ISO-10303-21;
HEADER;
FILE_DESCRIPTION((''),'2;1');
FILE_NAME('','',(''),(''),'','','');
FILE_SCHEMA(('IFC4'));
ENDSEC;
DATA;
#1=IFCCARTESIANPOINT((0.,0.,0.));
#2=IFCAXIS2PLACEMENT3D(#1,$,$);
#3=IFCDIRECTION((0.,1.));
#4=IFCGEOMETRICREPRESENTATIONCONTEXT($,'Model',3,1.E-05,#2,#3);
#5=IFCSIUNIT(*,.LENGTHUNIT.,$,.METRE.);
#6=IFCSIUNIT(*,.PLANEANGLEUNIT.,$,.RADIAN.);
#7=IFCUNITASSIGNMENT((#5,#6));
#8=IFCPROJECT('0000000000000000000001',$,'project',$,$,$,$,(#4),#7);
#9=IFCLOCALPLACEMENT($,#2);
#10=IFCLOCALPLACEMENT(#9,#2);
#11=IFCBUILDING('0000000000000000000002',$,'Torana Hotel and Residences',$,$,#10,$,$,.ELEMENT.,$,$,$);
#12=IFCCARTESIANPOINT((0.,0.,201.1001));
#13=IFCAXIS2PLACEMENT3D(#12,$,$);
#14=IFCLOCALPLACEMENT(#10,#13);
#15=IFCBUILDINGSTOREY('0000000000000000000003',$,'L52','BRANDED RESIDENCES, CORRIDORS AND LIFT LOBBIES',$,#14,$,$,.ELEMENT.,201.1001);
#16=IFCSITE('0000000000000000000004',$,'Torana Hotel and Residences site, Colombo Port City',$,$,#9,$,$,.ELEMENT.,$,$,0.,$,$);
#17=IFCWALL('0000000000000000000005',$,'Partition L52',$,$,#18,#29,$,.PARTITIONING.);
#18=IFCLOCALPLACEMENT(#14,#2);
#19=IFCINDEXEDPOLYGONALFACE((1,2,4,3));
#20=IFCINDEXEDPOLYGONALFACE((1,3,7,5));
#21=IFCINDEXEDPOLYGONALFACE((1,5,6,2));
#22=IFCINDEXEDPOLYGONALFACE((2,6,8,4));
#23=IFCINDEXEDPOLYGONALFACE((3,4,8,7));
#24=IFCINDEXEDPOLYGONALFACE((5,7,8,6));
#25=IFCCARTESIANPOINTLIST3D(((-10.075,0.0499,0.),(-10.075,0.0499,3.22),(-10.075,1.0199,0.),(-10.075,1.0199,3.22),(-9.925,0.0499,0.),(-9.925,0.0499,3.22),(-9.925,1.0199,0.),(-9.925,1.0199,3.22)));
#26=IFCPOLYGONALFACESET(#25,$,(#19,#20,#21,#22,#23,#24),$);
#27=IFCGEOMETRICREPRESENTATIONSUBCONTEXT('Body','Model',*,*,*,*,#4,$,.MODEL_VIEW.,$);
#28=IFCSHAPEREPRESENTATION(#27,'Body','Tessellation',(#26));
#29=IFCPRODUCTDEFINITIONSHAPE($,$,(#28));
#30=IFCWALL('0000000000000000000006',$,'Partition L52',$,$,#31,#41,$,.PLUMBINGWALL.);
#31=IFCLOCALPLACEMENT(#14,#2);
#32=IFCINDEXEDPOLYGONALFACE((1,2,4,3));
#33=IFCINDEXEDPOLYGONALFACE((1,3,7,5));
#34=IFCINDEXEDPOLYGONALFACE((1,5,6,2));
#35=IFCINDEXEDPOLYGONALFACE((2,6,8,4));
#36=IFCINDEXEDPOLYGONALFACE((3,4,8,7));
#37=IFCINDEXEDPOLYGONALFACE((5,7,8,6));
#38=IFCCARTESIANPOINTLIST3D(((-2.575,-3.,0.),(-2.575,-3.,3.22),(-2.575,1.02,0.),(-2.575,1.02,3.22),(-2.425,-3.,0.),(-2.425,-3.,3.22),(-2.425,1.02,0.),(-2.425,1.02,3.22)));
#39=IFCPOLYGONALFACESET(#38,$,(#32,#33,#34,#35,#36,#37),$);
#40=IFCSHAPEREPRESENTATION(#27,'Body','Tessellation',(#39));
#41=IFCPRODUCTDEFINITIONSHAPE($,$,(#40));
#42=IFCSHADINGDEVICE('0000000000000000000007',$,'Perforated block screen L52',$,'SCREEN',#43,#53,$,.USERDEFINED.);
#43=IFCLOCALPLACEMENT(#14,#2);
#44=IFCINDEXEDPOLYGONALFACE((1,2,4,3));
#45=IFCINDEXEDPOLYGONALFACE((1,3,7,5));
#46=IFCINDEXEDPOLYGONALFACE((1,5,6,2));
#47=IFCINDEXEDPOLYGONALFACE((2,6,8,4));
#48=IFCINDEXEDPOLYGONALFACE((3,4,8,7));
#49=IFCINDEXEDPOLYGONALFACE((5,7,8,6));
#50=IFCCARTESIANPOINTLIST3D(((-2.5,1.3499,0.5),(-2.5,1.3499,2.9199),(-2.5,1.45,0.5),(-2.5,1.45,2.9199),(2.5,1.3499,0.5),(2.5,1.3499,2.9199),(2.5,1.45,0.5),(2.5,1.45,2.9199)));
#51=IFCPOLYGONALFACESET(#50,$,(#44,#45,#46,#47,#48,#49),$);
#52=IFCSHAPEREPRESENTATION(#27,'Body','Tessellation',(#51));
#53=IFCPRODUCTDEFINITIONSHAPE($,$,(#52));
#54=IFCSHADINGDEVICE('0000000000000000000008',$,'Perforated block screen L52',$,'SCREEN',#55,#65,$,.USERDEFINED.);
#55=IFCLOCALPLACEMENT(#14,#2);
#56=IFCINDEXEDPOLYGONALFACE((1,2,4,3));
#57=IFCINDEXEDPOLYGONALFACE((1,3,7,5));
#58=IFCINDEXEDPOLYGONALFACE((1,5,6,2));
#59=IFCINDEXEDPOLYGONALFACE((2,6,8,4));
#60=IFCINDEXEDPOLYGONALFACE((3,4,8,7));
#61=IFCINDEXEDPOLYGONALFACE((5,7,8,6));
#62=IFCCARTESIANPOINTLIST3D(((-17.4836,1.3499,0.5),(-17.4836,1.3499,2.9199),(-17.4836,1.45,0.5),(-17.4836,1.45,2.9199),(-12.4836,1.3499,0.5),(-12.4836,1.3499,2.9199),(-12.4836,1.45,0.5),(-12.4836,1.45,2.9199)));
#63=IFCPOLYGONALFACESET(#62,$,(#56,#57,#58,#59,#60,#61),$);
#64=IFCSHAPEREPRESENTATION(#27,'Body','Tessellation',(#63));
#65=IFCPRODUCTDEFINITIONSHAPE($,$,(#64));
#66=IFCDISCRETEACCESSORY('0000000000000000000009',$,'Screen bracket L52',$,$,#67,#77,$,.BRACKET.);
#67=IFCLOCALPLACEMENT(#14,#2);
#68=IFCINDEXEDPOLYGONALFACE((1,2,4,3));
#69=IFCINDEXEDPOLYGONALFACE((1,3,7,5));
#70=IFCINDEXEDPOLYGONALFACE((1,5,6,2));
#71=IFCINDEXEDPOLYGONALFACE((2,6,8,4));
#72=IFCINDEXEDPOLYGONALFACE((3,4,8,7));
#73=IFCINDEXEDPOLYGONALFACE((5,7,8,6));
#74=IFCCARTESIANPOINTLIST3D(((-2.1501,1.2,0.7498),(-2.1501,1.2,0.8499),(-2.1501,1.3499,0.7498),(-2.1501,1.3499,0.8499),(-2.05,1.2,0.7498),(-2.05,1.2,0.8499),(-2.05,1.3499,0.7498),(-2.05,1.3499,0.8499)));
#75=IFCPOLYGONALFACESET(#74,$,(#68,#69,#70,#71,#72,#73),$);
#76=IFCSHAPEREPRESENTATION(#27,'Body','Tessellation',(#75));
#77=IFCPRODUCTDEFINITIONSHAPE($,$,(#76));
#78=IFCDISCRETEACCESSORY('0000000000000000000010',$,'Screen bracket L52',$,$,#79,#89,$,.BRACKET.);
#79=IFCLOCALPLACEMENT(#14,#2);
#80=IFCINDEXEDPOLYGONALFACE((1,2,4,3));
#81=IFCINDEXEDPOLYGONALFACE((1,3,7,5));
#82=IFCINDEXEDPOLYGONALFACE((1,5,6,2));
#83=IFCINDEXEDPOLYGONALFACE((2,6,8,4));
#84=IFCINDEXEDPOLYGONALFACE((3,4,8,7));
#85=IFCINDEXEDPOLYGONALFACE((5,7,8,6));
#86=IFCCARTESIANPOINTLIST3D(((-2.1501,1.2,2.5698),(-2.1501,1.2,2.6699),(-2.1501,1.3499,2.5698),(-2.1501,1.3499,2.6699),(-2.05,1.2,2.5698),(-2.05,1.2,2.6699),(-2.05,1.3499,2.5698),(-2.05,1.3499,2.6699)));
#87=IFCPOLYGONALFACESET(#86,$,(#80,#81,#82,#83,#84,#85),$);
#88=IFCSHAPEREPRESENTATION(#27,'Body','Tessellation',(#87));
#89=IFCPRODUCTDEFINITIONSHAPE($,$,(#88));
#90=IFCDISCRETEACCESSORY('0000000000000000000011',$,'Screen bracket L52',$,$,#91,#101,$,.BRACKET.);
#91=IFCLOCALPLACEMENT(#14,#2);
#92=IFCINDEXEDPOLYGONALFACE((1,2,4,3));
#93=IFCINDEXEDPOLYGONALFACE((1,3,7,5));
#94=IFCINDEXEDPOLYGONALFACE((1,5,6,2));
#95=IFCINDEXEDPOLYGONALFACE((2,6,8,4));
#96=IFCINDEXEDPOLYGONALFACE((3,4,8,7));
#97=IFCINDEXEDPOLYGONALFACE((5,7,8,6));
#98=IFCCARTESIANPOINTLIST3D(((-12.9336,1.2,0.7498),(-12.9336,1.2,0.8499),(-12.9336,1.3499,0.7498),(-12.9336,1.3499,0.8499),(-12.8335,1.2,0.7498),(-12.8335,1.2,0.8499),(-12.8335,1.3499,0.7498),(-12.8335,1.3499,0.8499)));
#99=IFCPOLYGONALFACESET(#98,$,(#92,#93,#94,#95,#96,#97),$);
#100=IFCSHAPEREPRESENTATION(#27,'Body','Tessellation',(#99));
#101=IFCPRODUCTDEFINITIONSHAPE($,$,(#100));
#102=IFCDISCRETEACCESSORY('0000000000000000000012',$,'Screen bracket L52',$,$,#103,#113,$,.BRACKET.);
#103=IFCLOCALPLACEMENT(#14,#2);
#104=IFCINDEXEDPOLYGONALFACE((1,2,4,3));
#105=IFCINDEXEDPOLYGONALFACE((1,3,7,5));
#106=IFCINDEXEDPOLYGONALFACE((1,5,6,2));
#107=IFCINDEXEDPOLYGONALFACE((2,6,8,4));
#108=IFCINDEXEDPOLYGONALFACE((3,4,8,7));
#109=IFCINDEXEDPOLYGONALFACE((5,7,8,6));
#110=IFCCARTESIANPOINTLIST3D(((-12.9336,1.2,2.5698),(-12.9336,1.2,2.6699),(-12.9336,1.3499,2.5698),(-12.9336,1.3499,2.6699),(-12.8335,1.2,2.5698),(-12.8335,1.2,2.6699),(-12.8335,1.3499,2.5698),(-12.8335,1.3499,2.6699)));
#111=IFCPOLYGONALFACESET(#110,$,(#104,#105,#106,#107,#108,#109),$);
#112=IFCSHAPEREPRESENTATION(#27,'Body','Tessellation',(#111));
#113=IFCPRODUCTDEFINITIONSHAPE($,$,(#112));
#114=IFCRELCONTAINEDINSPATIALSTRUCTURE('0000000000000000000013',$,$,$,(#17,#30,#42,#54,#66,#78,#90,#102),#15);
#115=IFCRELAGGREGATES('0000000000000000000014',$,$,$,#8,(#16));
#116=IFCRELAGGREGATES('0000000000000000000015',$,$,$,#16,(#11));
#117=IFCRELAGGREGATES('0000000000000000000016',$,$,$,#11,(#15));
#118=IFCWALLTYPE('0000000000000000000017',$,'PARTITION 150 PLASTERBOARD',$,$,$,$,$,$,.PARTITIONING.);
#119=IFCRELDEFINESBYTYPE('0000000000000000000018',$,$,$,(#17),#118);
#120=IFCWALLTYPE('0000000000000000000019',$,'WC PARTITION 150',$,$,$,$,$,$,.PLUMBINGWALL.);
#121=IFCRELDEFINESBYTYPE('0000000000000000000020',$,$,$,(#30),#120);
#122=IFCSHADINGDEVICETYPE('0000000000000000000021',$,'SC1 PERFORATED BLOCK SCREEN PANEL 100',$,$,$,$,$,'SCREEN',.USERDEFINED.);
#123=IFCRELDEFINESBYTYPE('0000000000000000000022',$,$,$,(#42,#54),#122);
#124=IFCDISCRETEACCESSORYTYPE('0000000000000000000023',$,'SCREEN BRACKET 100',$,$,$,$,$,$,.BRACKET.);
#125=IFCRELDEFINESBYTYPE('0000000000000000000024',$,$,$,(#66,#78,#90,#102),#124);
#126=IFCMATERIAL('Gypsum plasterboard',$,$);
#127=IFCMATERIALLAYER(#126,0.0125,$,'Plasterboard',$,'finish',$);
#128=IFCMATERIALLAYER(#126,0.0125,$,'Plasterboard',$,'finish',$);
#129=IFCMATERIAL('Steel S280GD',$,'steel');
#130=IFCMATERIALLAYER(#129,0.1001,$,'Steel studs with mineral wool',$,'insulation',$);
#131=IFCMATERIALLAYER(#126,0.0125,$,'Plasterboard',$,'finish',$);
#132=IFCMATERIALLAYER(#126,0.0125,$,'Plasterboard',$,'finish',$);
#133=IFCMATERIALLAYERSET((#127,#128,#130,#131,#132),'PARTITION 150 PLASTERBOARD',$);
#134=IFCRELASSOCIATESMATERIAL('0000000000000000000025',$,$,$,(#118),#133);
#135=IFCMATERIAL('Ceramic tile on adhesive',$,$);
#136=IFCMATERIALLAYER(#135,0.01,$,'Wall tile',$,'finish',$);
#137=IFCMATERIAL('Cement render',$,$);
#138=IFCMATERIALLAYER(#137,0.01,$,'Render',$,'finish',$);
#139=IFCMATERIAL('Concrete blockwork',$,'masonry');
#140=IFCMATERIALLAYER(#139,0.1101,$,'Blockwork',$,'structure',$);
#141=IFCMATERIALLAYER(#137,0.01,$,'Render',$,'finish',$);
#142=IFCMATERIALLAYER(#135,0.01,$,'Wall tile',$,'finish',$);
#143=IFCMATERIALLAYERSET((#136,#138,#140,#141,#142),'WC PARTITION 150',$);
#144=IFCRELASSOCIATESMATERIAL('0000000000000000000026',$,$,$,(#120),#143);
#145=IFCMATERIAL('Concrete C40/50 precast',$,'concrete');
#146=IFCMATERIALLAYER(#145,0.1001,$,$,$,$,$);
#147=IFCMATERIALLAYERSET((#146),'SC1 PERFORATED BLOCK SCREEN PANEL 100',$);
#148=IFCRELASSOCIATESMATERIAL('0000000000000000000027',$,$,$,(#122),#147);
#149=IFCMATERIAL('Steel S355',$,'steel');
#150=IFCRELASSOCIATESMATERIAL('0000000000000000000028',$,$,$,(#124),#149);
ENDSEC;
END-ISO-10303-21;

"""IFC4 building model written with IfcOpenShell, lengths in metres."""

from ifc_helpers import new_model, si_unit, direction, frame, frame_2d, origin, origin_2d, place, context, subcontext, project, spatial, rectangle, extrude, material, layer, layer_set, type_object, element, save


model = new_model("IFC4")

# Units and contexts
model_context = context("Model", 3, precision=1e-05, world=origin(), true_north=direction((0.0, 1.0)))
body_context = subcontext(model_context, "Body", "Model", "MODEL_VIEW")
ifc_project = project(units=[si_unit("LENGTHUNIT", "METRE"), si_unit("PLANEANGLEUNIT", "RADIAN")], contexts=[model_context])

# Site, building, storey
site_placement = place(None, origin())
site = spatial("IfcSite", under=ifc_project, at=site_placement, Name="Torana Hotel and Residences site, Colombo Port City", CompositionType="ELEMENT", RefElevation=0.0)
building_placement = place(site_placement, origin())
building = spatial("IfcBuilding", under=site, at=building_placement, Name="Torana Hotel and Residences", CompositionType="ELEMENT")
storey_placement = place(building_placement, frame((0.0, 0.0, 201.1001)))
storey = spatial("IfcBuildingStorey", under=building, at=storey_placement, Name="L52", Description="BRANDED RESIDENCES, CORRIDORS AND LIFT LOBBIES", CompositionType="ELEMENT", Elevation=201.1001)

# Walls
ifc_material_1 = material(Name="Concrete blockwork", Category="masonry")
ifc_material_2 = material(Name="Gypsum plasterboard")
ifc_layer_1 = layer(ifc_material_2, 0.0125, Name="Plasterboard", Category="finish")
ifc_layer_2 = layer(ifc_material_2, 0.0125, Name="Plasterboard", Category="finish")
ifc_material_3 = material(Name="Steel S280GD", Category="steel")
ifc_layer_3 = layer(ifc_material_3, 0.1001, Name="Steel studs with mineral wool", Category="insulation")
ifc_layer_4 = layer(ifc_material_2, 0.0125, Name="Plasterboard", Category="finish")
ifc_layer_5 = layer(ifc_material_2, 0.0125, Name="Plasterboard", Category="finish")
ifc_layer_set_1 = layer_set([ifc_layer_1, ifc_layer_2, ifc_layer_3, ifc_layer_4, ifc_layer_5], Name="PARTITION 150 PLASTERBOARD")
wall_type_1 = type_object("IfcWallType", Name="PARTITION 150 PLASTERBOARD", PredefinedType="PARTITIONING", material=ifc_layer_set_1)
wall_1_placement = place(storey_placement, frame((-10.0, 0.05, 0.0), z_axis=(0.0, 0.0, 1.0), x_axis=(0.0, 1.0, 0.0)))
element("IfcWall", 1, at=wall_1_placement, inside=storey, type_object=wall_type_1, Name="Partition L52", PredefinedType="PARTITIONING", context=body_context, shape_type="SweptSolid", body=[
    extrude(rectangle(XDim=0.97, YDim=0.1499, at=frame_2d((0.4849, 0.0))), origin(), (0.0, 0.0, 1.0), 3.22),
])
ifc_material_4 = material(Name="Ceramic tile on adhesive")
ifc_layer_6 = layer(ifc_material_4, 0.01, Name="Wall tile", Category="finish")
ifc_material_5 = material(Name="Cement render")
ifc_layer_7 = layer(ifc_material_5, 0.01, Name="Render", Category="finish")
ifc_layer_8 = layer(ifc_material_1, 0.1101, Name="Blockwork", Category="structure")
ifc_layer_9 = layer(ifc_material_5, 0.01, Name="Render", Category="finish")
ifc_layer_10 = layer(ifc_material_4, 0.01, Name="Wall tile", Category="finish")
ifc_layer_set_2 = layer_set([ifc_layer_6, ifc_layer_7, ifc_layer_8, ifc_layer_9, ifc_layer_10], Name="WC PARTITION 150")
wall_type_2 = type_object("IfcWallType", Name="WC PARTITION 150", PredefinedType="PLUMBINGWALL", material=ifc_layer_set_2)
wall_2_placement = place(storey_placement, frame((-2.5, -3.0, 0.0), z_axis=(0.0, 0.0, 1.0), x_axis=(0.0, 1.0, 0.0)))
element("IfcWall", 2, at=wall_2_placement, inside=storey, type_object=wall_type_2, Name="Partition L52", PredefinedType="PLUMBINGWALL", context=body_context, shape_type="SweptSolid", body=[
    extrude(rectangle(XDim=4.02, YDim=0.1499, at=frame_2d((2.01, 0.0))), origin(), (0.0, 0.0, 1.0), 3.22),
])

# Shading devices
ifc_material_6 = material(Name="Concrete C40/50 precast", Category="concrete")
ifc_layer_11 = layer(ifc_material_6, 0.1001)
ifc_layer_set_3 = layer_set([ifc_layer_11], Name="SC1 PERFORATED BLOCK SCREEN PANEL 100")
shading_device_type = type_object("IfcShadingDeviceType", Name="SC1 PERFORATED BLOCK SCREEN PANEL 100", ElementType="SCREEN", PredefinedType="USERDEFINED", material=ifc_layer_set_3)
for number, where, z_axis, x_axis, name in (
    (3, (0.0, 1.3999, 0.5), (0.0, 0.0, 1.0), (-1.0, 0.0, 0.0), "Perforated block screen L52"),
    (4, (-14.9836, 1.3999, 0.5), (0.0, 0.0, 1.0), (-1.0, 0.0, 0.0), "Perforated block screen L52"),
):
    element("IfcShadingDevice", number, at=place(storey_placement, frame(where, z_axis=z_axis, x_axis=x_axis)), inside=storey, type_object=shading_device_type, Name=name, ObjectType="SCREEN", PredefinedType="USERDEFINED", context=body_context, shape_type="SweptSolid", body=[
        extrude(rectangle(XDim=5.0, YDim=0.1001, at=origin_2d()), origin(), (0.0, 0.0, 1.0), 2.4199),
    ])

# Discrete accessories
ifc_material_7 = material(Name="Steel S355", Category="steel")
discrete_accessory_type = type_object("IfcDiscreteAccessoryType", Name="SCREEN BRACKET 100", PredefinedType="BRACKET", material=ifc_material_7)
for number, where, z_axis, x_axis, name in (
    (5, (-2.1001, 1.2749, 0.7498), (0.0, 0.0, 1.0), (-1.0, 0.0, 0.0), "Screen bracket L52"),
    (6, (-2.1001, 1.2749, 2.5698), (0.0, 0.0, 1.0), (-1.0, 0.0, 0.0), "Screen bracket L52"),
    (7, (-12.8835, 1.2749, 0.7498), (0.0, 0.0, 1.0), (-1.0, 0.0, 0.0), "Screen bracket L52"),
    (8, (-12.8835, 1.2749, 2.5698), (0.0, 0.0, 1.0), (-1.0, 0.0, 0.0), "Screen bracket L52"),
):
    element("IfcDiscreteAccessory", number, at=place(storey_placement, frame(where, z_axis=z_axis, x_axis=x_axis)), inside=storey, type_object=discrete_accessory_type, Name=name, PredefinedType="BRACKET", context=body_context, shape_type="SweptSolid", body=[
        extrude(rectangle(XDim=0.1001, YDim=0.1499, at=origin_2d()), origin(), (0.0, 0.0, 1.0), 0.1001),
    ])

save(model, "model.ifc")
